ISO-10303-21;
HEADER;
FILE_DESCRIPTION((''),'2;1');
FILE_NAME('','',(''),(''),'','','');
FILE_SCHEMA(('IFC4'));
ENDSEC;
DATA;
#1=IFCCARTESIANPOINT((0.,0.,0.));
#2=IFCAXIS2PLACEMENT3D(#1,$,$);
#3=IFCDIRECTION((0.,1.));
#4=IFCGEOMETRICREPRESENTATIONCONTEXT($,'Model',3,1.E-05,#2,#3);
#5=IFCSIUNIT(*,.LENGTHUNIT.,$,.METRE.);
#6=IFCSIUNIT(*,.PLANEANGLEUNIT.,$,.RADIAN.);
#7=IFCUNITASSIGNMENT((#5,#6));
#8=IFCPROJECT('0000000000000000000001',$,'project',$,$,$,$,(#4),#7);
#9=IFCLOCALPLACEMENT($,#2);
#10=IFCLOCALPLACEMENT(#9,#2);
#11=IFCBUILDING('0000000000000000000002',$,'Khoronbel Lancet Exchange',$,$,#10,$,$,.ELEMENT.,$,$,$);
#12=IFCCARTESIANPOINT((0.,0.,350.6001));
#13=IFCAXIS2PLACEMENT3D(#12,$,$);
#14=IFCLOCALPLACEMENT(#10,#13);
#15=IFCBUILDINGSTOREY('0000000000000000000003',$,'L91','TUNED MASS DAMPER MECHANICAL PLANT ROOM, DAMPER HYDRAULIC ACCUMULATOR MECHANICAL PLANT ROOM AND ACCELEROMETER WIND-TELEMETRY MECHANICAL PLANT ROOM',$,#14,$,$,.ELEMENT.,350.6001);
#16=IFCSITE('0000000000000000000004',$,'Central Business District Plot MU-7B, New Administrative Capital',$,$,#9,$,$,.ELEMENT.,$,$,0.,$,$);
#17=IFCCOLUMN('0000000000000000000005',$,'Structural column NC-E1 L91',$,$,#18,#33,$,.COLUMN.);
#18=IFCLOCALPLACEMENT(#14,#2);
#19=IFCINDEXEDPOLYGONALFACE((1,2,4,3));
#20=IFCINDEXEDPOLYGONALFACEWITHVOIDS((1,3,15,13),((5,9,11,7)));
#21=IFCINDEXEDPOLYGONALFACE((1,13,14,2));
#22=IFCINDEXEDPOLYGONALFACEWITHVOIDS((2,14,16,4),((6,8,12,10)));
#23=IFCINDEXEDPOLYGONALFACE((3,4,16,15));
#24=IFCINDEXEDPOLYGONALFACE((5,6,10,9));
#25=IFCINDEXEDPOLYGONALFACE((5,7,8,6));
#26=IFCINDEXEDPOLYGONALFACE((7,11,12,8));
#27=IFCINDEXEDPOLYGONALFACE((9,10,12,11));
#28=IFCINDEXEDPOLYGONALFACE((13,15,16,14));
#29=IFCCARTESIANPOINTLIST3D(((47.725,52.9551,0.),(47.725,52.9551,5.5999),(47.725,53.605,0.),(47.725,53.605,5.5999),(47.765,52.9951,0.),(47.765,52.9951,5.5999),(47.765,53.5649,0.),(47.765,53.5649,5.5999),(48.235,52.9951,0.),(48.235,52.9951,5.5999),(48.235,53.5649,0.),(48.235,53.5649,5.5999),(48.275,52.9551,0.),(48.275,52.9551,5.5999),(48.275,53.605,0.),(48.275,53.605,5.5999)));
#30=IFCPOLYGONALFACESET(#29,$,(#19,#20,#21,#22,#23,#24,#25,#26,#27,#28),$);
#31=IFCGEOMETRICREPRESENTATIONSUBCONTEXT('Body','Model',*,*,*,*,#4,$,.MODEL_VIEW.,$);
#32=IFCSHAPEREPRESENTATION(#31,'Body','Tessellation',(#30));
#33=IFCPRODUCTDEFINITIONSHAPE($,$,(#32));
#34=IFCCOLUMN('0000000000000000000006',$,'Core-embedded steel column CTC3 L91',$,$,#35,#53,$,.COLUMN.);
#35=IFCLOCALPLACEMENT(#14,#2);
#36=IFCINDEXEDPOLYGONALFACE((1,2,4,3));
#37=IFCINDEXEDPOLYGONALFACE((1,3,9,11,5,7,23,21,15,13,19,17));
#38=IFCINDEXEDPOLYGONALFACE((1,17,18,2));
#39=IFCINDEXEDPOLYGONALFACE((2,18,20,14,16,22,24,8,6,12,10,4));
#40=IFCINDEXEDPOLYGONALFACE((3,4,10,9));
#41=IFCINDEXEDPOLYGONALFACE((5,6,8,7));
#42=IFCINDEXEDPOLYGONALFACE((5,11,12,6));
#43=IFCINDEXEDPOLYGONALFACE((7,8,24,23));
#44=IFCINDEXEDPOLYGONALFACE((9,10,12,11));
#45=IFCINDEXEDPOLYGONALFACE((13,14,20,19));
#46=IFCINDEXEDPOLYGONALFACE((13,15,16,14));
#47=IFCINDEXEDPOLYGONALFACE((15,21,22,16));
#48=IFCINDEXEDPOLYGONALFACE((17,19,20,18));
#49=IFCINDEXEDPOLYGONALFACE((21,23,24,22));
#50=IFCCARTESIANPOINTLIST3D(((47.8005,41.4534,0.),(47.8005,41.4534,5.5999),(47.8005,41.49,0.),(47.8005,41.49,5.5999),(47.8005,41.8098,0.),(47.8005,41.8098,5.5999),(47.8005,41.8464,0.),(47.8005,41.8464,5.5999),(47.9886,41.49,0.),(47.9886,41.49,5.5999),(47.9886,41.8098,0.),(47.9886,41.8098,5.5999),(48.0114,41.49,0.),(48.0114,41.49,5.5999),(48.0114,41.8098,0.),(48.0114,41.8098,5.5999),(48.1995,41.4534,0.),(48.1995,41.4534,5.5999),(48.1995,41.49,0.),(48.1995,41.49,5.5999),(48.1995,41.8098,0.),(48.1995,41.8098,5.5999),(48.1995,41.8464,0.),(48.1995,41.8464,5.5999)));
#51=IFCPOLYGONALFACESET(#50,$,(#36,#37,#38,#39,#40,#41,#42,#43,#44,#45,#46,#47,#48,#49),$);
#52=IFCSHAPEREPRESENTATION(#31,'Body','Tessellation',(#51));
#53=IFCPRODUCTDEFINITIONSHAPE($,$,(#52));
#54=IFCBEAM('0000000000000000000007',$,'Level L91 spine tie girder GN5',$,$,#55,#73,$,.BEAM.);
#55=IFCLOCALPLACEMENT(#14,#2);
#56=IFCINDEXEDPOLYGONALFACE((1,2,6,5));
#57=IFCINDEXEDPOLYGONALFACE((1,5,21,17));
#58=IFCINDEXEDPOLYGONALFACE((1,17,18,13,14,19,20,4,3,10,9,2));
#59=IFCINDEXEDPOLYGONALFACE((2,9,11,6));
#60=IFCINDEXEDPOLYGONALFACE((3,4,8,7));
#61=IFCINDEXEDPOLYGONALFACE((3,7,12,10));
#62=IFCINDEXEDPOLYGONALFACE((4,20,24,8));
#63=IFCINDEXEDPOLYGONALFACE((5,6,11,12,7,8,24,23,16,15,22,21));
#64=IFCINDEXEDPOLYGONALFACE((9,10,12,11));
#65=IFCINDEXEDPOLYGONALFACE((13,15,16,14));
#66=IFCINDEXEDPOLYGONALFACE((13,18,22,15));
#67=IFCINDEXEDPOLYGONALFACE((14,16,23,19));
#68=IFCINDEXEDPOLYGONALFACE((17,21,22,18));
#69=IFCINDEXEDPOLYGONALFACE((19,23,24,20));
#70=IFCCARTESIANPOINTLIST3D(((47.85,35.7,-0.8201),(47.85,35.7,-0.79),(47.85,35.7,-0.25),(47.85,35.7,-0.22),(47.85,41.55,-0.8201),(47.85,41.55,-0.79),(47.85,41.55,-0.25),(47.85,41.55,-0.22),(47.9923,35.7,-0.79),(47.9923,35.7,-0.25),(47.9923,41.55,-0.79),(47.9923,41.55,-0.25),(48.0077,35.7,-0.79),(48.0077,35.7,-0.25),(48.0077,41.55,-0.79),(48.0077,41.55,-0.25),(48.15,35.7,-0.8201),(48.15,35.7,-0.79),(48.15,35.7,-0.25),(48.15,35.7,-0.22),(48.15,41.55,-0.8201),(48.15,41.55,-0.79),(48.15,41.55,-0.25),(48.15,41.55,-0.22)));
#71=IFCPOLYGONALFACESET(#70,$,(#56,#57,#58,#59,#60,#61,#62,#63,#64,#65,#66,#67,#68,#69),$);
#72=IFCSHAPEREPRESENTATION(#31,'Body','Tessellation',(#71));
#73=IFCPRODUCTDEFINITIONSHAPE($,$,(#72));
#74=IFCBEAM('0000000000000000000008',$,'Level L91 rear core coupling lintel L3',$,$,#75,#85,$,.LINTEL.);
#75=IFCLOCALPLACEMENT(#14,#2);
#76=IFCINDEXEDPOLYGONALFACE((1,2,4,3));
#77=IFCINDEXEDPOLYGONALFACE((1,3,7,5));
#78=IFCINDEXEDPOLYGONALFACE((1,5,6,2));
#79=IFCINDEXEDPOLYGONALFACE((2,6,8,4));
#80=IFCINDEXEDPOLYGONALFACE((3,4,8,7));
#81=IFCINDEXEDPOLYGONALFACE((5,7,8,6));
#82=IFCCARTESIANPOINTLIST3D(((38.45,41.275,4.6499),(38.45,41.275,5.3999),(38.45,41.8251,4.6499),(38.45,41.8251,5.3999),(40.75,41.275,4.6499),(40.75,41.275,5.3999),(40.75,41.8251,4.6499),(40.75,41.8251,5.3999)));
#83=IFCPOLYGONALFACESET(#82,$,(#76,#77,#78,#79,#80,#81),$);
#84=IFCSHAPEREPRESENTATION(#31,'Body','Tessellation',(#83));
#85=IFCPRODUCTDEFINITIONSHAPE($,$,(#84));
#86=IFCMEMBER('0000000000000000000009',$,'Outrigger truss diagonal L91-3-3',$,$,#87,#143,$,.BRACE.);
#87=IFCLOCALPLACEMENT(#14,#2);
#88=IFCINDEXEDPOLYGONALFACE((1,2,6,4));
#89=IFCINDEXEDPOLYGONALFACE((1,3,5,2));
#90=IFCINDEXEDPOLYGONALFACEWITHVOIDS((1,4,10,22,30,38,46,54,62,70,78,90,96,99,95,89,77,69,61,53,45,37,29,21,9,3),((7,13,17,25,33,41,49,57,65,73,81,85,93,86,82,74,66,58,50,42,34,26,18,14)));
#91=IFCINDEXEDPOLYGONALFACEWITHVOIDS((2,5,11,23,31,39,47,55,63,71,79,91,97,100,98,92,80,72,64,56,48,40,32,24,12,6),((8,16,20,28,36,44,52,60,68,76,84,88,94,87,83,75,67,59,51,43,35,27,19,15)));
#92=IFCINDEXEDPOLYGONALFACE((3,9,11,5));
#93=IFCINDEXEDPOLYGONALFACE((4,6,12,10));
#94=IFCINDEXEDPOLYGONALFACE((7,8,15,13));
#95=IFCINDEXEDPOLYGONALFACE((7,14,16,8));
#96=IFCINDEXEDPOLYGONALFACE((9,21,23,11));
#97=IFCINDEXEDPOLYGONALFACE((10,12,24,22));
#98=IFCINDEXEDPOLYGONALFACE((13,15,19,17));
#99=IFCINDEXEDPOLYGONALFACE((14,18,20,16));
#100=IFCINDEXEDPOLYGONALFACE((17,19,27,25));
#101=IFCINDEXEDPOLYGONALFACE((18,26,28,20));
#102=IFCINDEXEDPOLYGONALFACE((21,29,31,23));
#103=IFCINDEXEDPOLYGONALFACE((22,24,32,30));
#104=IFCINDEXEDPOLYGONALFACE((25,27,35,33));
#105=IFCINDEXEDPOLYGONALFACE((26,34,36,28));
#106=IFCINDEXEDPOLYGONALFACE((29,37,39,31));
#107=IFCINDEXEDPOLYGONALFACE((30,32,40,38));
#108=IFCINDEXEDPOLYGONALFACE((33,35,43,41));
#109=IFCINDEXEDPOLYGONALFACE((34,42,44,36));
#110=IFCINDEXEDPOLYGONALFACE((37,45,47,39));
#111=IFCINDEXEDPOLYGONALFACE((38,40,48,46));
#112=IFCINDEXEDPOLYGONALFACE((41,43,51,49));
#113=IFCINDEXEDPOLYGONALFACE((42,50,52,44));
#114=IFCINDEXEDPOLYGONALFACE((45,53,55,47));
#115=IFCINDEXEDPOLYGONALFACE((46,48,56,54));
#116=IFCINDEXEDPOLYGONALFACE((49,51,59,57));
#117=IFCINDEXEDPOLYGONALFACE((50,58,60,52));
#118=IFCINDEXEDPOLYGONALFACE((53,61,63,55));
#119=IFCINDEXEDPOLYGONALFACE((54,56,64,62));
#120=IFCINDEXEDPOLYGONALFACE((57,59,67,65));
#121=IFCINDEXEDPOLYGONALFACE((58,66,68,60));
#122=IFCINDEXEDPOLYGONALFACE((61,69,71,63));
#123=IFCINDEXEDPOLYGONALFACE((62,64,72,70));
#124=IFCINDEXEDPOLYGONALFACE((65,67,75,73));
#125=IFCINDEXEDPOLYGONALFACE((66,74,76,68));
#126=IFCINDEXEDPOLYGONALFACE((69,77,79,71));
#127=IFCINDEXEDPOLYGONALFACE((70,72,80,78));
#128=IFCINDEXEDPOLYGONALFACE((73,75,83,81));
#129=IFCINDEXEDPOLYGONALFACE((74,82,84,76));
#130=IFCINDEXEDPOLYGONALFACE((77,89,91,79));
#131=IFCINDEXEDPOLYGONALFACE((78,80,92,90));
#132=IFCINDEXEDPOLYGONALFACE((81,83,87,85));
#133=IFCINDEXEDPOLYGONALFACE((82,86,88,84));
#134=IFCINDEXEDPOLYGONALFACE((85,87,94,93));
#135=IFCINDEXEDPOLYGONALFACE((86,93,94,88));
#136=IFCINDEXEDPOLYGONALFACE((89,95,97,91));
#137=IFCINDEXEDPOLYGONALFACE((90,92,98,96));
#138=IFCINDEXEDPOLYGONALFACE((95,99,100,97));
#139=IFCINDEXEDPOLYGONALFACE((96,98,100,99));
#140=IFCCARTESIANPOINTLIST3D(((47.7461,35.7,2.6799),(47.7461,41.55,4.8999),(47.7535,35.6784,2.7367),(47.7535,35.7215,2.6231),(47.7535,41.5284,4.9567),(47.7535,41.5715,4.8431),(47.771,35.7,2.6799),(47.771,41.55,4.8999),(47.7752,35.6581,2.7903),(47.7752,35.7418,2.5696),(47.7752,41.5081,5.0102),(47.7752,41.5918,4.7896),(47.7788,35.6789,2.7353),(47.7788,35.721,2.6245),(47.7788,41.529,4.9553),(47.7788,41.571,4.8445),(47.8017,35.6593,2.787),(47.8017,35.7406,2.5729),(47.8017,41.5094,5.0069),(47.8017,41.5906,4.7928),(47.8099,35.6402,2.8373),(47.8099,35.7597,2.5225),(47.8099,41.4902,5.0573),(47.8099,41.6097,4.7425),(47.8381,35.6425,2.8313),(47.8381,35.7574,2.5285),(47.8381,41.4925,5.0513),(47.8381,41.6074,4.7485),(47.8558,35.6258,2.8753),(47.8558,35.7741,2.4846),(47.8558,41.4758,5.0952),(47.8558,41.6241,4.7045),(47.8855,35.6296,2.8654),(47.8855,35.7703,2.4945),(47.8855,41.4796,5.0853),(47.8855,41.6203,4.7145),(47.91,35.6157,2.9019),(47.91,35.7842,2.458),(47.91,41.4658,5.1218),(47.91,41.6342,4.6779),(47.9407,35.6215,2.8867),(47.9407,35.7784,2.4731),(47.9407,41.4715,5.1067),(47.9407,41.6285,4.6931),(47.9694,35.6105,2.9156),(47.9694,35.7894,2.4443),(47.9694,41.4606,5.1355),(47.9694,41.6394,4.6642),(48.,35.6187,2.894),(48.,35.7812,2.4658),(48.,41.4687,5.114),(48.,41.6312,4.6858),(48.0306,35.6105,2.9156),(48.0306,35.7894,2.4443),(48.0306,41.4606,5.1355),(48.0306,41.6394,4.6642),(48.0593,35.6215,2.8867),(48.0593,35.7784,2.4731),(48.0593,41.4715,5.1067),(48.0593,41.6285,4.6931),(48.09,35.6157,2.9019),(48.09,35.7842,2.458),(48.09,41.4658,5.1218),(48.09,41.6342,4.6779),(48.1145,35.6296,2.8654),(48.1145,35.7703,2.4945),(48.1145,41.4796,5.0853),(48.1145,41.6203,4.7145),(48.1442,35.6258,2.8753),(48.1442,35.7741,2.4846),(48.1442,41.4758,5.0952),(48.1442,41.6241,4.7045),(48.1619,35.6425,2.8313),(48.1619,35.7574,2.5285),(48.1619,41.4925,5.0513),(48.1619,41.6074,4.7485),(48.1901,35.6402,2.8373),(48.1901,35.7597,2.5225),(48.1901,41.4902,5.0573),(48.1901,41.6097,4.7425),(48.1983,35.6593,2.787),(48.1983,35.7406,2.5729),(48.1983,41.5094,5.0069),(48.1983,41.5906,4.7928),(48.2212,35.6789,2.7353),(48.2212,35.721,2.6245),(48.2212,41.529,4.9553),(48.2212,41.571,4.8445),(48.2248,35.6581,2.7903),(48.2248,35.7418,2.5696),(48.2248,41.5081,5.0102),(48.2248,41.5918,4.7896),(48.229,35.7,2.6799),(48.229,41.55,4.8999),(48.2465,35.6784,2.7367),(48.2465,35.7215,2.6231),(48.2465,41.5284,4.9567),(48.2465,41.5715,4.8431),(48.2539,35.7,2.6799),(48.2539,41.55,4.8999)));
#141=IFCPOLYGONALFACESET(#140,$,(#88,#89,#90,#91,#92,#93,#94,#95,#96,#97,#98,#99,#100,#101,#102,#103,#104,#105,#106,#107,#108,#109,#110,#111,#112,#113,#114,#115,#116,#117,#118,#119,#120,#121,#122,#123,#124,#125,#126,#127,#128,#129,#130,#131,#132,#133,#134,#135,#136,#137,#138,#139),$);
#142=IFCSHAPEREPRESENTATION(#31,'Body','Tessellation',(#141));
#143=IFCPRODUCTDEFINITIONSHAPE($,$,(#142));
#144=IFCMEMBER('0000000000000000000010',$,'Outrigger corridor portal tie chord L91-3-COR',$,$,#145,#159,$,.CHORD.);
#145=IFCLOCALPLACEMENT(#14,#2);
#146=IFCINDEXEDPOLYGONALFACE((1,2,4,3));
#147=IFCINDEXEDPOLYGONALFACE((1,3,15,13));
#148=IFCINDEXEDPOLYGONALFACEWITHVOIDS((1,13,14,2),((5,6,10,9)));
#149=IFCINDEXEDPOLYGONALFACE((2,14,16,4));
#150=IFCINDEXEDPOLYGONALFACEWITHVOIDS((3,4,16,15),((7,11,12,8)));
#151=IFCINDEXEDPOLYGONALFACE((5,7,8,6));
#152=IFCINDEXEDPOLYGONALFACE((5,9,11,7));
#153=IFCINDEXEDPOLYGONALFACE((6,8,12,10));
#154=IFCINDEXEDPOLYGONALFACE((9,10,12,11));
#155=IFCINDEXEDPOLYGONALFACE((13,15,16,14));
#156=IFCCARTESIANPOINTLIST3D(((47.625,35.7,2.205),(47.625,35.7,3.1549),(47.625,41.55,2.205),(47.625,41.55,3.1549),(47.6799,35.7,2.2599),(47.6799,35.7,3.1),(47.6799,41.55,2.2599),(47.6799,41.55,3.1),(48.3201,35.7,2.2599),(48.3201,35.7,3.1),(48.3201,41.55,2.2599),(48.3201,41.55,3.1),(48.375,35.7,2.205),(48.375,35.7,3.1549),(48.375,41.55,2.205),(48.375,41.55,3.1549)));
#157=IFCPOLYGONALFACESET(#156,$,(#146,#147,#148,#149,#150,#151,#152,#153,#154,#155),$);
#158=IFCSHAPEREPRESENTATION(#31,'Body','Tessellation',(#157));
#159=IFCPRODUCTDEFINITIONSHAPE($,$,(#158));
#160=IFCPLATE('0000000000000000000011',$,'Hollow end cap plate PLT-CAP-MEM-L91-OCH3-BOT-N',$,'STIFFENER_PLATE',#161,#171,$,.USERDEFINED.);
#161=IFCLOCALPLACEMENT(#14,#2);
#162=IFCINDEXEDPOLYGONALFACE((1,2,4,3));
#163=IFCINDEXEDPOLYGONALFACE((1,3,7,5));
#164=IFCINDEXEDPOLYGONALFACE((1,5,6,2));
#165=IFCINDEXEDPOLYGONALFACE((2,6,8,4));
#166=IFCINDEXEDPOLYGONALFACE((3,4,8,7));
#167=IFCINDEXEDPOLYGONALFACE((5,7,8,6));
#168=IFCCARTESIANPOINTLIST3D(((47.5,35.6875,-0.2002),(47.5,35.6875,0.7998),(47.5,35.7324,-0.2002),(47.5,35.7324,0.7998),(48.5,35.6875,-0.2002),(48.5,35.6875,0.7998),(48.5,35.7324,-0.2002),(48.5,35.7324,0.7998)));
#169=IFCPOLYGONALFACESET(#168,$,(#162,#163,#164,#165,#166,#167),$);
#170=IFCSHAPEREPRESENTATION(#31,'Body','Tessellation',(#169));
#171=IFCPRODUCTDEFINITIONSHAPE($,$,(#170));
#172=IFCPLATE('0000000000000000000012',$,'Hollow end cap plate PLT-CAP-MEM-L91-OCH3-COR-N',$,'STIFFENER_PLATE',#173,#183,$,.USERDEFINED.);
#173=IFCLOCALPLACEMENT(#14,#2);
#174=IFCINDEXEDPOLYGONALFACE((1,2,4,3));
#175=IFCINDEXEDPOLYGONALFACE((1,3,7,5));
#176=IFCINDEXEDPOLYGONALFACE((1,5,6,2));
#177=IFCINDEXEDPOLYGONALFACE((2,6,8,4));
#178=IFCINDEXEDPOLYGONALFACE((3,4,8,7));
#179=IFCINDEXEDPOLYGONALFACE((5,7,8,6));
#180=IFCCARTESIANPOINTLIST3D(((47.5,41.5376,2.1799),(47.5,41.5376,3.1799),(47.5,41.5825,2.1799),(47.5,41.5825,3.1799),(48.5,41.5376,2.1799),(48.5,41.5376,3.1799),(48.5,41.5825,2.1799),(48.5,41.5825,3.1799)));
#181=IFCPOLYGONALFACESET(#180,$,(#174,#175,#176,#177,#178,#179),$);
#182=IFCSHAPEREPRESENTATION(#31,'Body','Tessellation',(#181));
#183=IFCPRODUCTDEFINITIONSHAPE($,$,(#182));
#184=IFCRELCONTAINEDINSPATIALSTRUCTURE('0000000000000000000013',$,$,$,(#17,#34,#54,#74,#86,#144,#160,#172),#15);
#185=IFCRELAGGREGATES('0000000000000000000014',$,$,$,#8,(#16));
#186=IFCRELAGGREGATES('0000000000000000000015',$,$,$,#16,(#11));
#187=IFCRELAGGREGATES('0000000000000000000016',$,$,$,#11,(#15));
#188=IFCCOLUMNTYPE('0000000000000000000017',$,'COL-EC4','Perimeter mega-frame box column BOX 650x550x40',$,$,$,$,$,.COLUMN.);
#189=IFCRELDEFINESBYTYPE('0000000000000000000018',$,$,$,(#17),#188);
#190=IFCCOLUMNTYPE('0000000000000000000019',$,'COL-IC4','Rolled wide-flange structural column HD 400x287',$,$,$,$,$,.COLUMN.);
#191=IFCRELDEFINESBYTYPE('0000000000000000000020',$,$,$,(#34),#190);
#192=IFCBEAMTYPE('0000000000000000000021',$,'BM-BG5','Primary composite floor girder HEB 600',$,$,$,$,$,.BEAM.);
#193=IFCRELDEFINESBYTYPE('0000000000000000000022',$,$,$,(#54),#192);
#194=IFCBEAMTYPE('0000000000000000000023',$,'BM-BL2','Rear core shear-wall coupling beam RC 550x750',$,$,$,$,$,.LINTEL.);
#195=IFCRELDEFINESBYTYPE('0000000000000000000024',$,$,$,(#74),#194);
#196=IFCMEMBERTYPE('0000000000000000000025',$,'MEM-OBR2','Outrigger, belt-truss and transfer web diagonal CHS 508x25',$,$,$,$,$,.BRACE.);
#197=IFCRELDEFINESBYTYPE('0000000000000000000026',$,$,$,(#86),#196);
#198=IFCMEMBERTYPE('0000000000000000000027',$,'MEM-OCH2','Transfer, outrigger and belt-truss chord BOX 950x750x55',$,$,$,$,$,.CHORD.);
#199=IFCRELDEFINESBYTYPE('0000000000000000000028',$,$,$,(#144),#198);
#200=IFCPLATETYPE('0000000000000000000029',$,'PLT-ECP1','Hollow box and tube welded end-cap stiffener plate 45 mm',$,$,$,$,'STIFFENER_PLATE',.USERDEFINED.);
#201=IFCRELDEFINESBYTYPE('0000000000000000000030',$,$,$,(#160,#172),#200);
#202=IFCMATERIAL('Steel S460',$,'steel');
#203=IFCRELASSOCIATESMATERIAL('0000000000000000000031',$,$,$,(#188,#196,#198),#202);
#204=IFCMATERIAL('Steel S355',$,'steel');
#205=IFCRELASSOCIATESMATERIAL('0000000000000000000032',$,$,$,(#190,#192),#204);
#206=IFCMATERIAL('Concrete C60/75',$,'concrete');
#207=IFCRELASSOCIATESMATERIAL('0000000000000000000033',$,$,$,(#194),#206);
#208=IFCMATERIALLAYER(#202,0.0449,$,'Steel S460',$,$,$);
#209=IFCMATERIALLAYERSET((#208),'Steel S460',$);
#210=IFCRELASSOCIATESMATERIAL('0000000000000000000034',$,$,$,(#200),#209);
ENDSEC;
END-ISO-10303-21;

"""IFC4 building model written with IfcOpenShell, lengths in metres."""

from ifc_helpers import new_model, si_unit, direction, frame, origin, origin_2d, place, context, subcontext, project, spatial, rectangle, hollow_rectangle, hollow_circle, i_section, extrude, material, layer, layer_set, material_profile, profile_set, type_object, element, save


model = new_model("IFC4")

# Units and contexts
model_context = context("Model", 3, precision=1e-05, world=origin(), true_north=direction((0.0, 1.0)))
body_context = subcontext(model_context, "Body", "Model", "MODEL_VIEW")
ifc_project = project(units=[si_unit("LENGTHUNIT", "METRE"), si_unit("PLANEANGLEUNIT", "RADIAN")], contexts=[model_context])

# Site, building, storey
site_placement = place(None, origin())
site = spatial("IfcSite", under=ifc_project, at=site_placement, Name="Central Business District Plot MU-7B, New Administrative Capital", CompositionType="ELEMENT", RefElevation=0.0)
building_placement = place(site_placement, origin())
building = spatial("IfcBuilding", under=site, at=building_placement, Name="Khoronbel Lancet Exchange", CompositionType="ELEMENT")
storey_placement = place(building_placement, frame((0.0, 0.0, 350.6001)))
storey = spatial("IfcBuildingStorey", under=building, at=storey_placement, Name="L91", Description="TUNED MASS DAMPER MECHANICAL PLANT ROOM, DAMPER HYDRAULIC ACCUMULATOR MECHANICAL PLANT ROOM AND ACCELEROMETER WIND-TELEMETRY MECHANICAL PLANT ROOM", CompositionType="ELEMENT", Elevation=350.6001)

# Columns
ifc_material_1 = material(Name="Steel S460", Category="steel")
ifc_material_profile_1 = material_profile(ifc_material_1, hollow_rectangle(XDim=0.55, YDim=0.6499, WallThickness=0.04, at=origin_2d()), Name="BOX 650x550x40")
ifc_profile_set_1 = profile_set([ifc_material_profile_1], Name="Steel S460")
column_type_1 = type_object("IfcColumnType", Name="COL-EC4", Description="Perimeter mega-frame box column BOX 650x550x40", PredefinedType="COLUMN", material=ifc_profile_set_1)
column_1_placement = place(storey_placement, frame((48.0, 53.28, 0.0), z_axis=(0.0, 0.0, 1.0), x_axis=(1.0, 0.0, 0.0)))
element("IfcColumn", 1, at=column_1_placement, inside=storey, type_object=column_type_1, Name="Structural column NC-E1 L91", PredefinedType="COLUMN", context=body_context, shape_type="SweptSolid", body=[
    extrude(hollow_rectangle(XDim=0.55, YDim=0.6499, WallThickness=0.04, at=origin_2d()), origin(), (0.0, 0.0, 1.0), 5.5999),
])
ifc_material_2 = material(Name="Steel S355", Category="steel")
ifc_material_profile_2 = material_profile(ifc_material_2, i_section(OverallWidth=0.3989, OverallDepth=0.3931, WebThickness=0.0227, FlangeThickness=0.0366, at=origin_2d()), Name="HD 400x287")
ifc_profile_set_2 = profile_set([ifc_material_profile_2], Name="Steel S355")
column_type_2 = type_object("IfcColumnType", Name="COL-IC4", Description="Rolled wide-flange structural column HD 400x287", PredefinedType="COLUMN", material=ifc_profile_set_2)
column_2_placement = place(storey_placement, frame((48.0, 41.6499, 0.0), z_axis=(0.0, 0.0, 1.0), x_axis=(1.0, 0.0, 0.0)))
element("IfcColumn", 2, at=column_2_placement, inside=storey, type_object=column_type_2, Name="Core-embedded steel column CTC3 L91", PredefinedType="COLUMN", context=body_context, shape_type="SweptSolid", body=[
    extrude(i_section(OverallWidth=0.3989, OverallDepth=0.3931, WebThickness=0.0227, FlangeThickness=0.0366, at=origin_2d()), origin(), (0.0, 0.0, 1.0), 5.5999),
])

# Beams
ifc_material_profile_3 = material_profile(ifc_material_2, i_section(OverallWidth=0.3, OverallDepth=0.6001, WebThickness=0.0154, FlangeThickness=0.03, at=origin_2d()), Name="HEB 600")
ifc_profile_set_3 = profile_set([ifc_material_profile_3], Name="Steel S355")
beam_type_1 = type_object("IfcBeamType", Name="BM-BG5", Description="Primary composite floor girder HEB 600", PredefinedType="BEAM", material=ifc_profile_set_3)
beam_1_placement = place(storey_placement, frame((48.0, 35.7, -0.52), z_axis=(0.0, 1.0, 0.0), x_axis=(-1.0, 0.0, 0.0)))
element("IfcBeam", 3, at=beam_1_placement, inside=storey, type_object=beam_type_1, Name="Level L91 spine tie girder GN5", PredefinedType="BEAM", context=body_context, shape_type="SweptSolid", body=[
    extrude(i_section(OverallWidth=0.3, OverallDepth=0.6001, WebThickness=0.0154, FlangeThickness=0.03, at=origin_2d()), origin(), (0.0, 0.0, 1.0), 5.8501),
])
ifc_material_3 = material(Name="Concrete C60/75", Category="concrete")
ifc_material_profile_4 = material_profile(ifc_material_3, rectangle(XDim=0.55, YDim=0.75, at=origin_2d()), Name="RC 550x750")
ifc_profile_set_4 = profile_set([ifc_material_profile_4], Name="Concrete C60/75")
beam_type_2 = type_object("IfcBeamType", Name="BM-BL2", Description="Rear core shear-wall coupling beam RC 550x750", PredefinedType="LINTEL", material=ifc_profile_set_4)
beam_2_placement = place(storey_placement, frame((38.45, 41.55, 5.0249), z_axis=(1.0, 0.0, 0.0), x_axis=(0.0, 1.0, 0.0)))
element("IfcBeam", 4, at=beam_2_placement, inside=storey, type_object=beam_type_2, Name="Level L91 rear core coupling lintel L3", PredefinedType="LINTEL", context=body_context, shape_type="SweptSolid", body=[
    extrude(rectangle(XDim=0.55, YDim=0.75, at=origin_2d()), origin(), (0.0, 0.0, 1.0), 2.3),
])

# Members
ifc_material_profile_5 = material_profile(ifc_material_1, hollow_circle(Radius=0.2539, WallThickness=0.0249, at=origin_2d()), Name="CHS 508x25")
ifc_profile_set_5 = profile_set([ifc_material_profile_5], Name="Steel S460")
member_type_1 = type_object("IfcMemberType", Name="MEM-OBR2", Description="Outrigger, belt-truss and transfer web diagonal CHS 508x25", PredefinedType="BRACE", material=ifc_profile_set_5)
member_1_placement = place(storey_placement, frame((48.0, 35.7, 2.6799), z_axis=(0.0, 0.934946, 0.354789), x_axis=(-1.0, 0.0, 0.0)))
element("IfcMember", 5, at=member_1_placement, inside=storey, type_object=member_type_1, Name="Outrigger truss diagonal L91-3-3", PredefinedType="BRACE", context=body_context, shape_type="SweptSolid", body=[
    extrude(hollow_circle(Radius=0.2539, WallThickness=0.0249, at=origin_2d()), origin(), (0.0, 0.0, 1.0), 6.2571),
])
ifc_material_profile_6 = material_profile(ifc_material_1, hollow_rectangle(XDim=0.75, YDim=0.95, WallThickness=0.0549, at=origin_2d()), Name="BOX 950x750x55")
ifc_profile_set_6 = profile_set([ifc_material_profile_6], Name="Steel S460")
member_type_2 = type_object("IfcMemberType", Name="MEM-OCH2", Description="Transfer, outrigger and belt-truss chord BOX 950x750x55", PredefinedType="CHORD", material=ifc_profile_set_6)
member_2_placement = place(storey_placement, frame((48.0, 35.7, 2.6799), z_axis=(0.0, 1.0, 0.0), x_axis=(-1.0, 0.0, 0.0)))
element("IfcMember", 6, at=member_2_placement, inside=storey, type_object=member_type_2, Name="Outrigger corridor portal tie chord L91-3-COR", PredefinedType="CHORD", context=body_context, shape_type="SweptSolid", body=[
    extrude(hollow_rectangle(XDim=0.75, YDim=0.95, WallThickness=0.0549, at=origin_2d()), origin(), (0.0, 0.0, 1.0), 5.8501),
])

# Plates
ifc_layer_1 = layer(ifc_material_1, 0.0449, Name="Steel S460")
ifc_layer_set_1 = layer_set([ifc_layer_1], Name="Steel S460")
plate_type_1 = type_object("IfcPlateType", Name="PLT-ECP1", Description="Hollow box and tube welded end-cap stiffener plate 45 mm", ElementType="STIFFENER_PLATE", PredefinedType="USERDEFINED", material=ifc_layer_set_1)
for number, where, z_axis, x_axis, name in (
    (7, (48.0, 35.71, -0.2002), (0.0, 0.0, 1.0), (0.0, 1.0, 0.0), "Hollow end cap plate PLT-CAP-MEM-L91-OCH3-BOT-N"),
    (8, (48.0, 41.5601, 2.1799), (0.0, 0.0, 1.0), (0.0, 1.0, 0.0), "Hollow end cap plate PLT-CAP-MEM-L91-OCH3-COR-N"),
):
    element("IfcPlate", number, at=place(storey_placement, frame(where, z_axis=z_axis, x_axis=x_axis)), inside=storey, type_object=plate_type_1, Name=name, ObjectType="STIFFENER_PLATE", PredefinedType="USERDEFINED", context=body_context, shape_type="SweptSolid", body=[
        extrude(rectangle(XDim=0.0449, YDim=1.0, at=origin_2d()), origin(), (0.0, 0.0, 1.0), 1.0),
    ])

save(model, "model.ifc")
